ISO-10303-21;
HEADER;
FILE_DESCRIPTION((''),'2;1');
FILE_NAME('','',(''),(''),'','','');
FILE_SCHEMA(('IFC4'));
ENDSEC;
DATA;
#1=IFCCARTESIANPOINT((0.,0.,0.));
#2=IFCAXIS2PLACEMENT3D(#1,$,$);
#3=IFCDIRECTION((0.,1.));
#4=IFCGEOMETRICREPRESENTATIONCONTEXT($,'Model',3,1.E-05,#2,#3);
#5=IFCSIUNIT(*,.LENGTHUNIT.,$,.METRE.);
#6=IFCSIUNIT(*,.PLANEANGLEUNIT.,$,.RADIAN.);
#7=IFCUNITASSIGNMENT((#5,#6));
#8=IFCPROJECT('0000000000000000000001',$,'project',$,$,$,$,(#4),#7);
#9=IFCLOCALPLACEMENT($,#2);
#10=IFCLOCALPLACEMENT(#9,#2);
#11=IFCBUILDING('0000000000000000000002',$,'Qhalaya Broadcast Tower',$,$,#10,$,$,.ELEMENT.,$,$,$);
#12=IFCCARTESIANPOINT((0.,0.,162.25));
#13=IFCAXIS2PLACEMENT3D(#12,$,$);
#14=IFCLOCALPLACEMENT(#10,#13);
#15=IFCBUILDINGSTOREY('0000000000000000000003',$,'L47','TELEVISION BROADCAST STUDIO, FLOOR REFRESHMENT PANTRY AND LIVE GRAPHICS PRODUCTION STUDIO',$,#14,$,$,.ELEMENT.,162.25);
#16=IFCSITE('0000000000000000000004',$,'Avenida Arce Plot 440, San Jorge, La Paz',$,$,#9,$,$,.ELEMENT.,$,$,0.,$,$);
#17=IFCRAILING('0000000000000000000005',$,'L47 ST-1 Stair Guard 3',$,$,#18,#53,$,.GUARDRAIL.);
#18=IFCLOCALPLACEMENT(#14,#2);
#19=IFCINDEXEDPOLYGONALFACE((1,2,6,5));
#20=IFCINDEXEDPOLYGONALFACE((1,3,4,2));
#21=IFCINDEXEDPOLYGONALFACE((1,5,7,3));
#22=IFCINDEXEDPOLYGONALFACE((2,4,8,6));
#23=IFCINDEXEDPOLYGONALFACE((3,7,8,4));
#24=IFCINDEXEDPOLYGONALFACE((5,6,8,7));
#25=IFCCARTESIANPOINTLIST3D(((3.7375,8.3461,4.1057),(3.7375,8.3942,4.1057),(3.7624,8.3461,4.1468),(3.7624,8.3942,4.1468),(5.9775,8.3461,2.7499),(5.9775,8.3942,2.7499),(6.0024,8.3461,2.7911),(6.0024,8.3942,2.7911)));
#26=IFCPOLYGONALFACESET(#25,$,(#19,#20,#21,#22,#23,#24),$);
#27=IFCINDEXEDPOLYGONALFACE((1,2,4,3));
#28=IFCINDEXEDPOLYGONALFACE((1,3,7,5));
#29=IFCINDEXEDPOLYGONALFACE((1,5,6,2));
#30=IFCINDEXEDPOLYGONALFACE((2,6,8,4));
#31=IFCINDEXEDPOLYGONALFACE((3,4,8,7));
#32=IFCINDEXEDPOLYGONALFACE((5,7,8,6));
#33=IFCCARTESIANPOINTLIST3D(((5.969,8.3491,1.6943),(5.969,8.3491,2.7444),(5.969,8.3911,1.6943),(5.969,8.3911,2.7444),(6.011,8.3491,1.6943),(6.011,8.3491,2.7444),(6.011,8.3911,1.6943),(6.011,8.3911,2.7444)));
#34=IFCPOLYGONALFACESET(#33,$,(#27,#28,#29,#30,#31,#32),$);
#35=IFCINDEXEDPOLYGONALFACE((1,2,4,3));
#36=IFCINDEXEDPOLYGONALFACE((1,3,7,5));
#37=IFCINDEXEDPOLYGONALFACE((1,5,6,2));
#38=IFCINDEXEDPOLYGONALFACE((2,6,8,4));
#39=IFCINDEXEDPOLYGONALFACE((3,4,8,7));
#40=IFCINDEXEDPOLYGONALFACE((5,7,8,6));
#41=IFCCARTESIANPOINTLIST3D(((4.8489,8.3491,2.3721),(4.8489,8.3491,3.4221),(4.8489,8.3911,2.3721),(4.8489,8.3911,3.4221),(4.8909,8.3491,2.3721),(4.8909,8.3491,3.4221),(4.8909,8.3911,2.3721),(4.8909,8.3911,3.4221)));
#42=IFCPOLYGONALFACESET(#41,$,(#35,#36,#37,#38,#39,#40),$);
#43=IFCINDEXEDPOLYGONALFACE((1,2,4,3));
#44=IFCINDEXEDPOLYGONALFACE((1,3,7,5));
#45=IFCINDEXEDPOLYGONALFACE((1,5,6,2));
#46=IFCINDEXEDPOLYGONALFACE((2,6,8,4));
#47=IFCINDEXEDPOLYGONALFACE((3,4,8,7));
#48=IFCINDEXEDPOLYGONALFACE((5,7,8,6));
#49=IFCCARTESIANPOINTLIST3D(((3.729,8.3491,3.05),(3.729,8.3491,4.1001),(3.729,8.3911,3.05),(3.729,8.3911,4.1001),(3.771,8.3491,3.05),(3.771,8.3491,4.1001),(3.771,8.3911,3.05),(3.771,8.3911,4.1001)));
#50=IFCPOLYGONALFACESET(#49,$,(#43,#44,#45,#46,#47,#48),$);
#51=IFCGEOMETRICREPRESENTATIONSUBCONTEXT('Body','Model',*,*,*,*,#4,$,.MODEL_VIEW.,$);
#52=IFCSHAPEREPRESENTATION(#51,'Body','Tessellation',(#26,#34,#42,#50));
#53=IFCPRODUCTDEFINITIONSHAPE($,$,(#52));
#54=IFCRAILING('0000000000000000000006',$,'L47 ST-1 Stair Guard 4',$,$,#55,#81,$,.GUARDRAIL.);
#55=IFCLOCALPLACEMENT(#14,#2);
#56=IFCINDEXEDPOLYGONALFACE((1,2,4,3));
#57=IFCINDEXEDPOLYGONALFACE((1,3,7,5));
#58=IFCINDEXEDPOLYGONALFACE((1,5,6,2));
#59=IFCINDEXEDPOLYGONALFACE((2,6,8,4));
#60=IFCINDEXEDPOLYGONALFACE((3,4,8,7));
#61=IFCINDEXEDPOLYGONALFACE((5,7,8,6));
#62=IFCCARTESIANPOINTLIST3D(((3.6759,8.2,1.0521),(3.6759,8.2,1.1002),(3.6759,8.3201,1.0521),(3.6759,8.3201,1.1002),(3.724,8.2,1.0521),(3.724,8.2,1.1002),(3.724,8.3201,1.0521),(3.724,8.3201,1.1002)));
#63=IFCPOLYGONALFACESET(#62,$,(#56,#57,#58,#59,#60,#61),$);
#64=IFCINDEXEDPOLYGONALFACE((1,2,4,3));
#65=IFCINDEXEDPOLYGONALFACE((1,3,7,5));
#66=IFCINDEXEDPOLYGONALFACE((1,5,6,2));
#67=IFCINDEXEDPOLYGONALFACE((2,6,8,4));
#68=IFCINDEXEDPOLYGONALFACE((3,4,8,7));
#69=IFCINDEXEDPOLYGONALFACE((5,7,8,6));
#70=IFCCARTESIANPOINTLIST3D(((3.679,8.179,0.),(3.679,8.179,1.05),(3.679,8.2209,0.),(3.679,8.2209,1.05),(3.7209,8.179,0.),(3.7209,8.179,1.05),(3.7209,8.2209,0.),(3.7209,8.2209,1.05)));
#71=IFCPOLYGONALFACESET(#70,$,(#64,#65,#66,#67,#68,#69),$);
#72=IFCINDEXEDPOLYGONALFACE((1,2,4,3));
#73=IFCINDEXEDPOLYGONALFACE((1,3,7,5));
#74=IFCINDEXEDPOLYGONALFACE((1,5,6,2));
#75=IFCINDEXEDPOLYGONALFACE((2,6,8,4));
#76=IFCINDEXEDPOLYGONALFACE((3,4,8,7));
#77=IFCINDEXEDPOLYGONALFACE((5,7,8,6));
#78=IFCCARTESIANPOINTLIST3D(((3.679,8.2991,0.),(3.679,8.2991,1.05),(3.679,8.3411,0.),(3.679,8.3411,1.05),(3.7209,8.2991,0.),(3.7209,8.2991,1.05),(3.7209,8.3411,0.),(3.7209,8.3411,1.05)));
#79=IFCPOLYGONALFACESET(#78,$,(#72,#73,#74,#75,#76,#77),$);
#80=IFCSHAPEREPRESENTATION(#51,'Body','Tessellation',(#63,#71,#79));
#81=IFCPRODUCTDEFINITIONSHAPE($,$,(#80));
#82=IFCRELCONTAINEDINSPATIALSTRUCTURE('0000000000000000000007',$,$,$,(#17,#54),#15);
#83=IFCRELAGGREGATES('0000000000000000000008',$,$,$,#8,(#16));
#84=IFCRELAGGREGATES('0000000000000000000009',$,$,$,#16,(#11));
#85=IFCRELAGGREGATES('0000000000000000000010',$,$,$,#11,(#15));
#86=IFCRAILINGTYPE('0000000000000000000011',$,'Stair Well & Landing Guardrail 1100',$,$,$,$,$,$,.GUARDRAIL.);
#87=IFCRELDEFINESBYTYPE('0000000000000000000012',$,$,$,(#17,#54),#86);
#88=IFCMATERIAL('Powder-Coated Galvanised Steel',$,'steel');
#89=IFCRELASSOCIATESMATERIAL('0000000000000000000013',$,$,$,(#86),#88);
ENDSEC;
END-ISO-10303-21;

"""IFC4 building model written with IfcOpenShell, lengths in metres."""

from ifc_helpers import new_model, si_unit, direction, frame, origin, origin_2d, place, context, subcontext, project, spatial, rectangle, extrude, material, type_object, element, save


model = new_model("IFC4")

# Units and contexts
model_context = context("Model", 3, precision=1e-05, world=origin(), true_north=direction((0.0, 1.0)))
body_context = subcontext(model_context, "Body", "Model", "MODEL_VIEW")
ifc_project = project(units=[si_unit("LENGTHUNIT", "METRE"), si_unit("PLANEANGLEUNIT", "RADIAN")], contexts=[model_context])

# Site, building, storey
site_placement = place(None, origin())
site = spatial("IfcSite", under=ifc_project, at=site_placement, Name="Avenida Arce Plot 440, San Jorge, La Paz", CompositionType="ELEMENT", RefElevation=0.0)
building_placement = place(site_placement, origin())
building = spatial("IfcBuilding", under=site, at=building_placement, Name="Qhalaya Broadcast Tower", CompositionType="ELEMENT")
storey_placement = place(building_placement, frame((0.0, 0.0, 162.25)))
storey = spatial("IfcBuildingStorey", under=building, at=storey_placement, Name="L47", Description="TELEVISION BROADCAST STUDIO, FLOOR REFRESHMENT PANTRY AND LIVE GRAPHICS PRODUCTION STUDIO", CompositionType="ELEMENT", Elevation=162.25)

# Railings
ifc_material_1 = material(Name="Powder-Coated Galvanised Steel", Category="steel")
railing_type_1 = type_object("IfcRailingType", Name="Stair Well & Landing Guardrail 1100", PredefinedType="GUARDRAIL", material=ifc_material_1)
railing_1_placement = place(storey_placement, frame((5.99, 8.3701, 1.6943)))
element("IfcRailing", 1, at=railing_1_placement, inside=storey, type_object=railing_type_1, Name="L47 ST-1 Stair Guard 3", PredefinedType="GUARDRAIL", context=body_context, shape_type="SweptSolid", body=[
    extrude(rectangle(XDim=0.0481, YDim=0.0481, at=origin_2d()), frame((0.0, 0.0, 1.0762), z_axis=(-0.855512, 0.0, 0.517783), x_axis=(0.0, -1.0, 0.0)), (0.0, 0.0, 1.0), 2.6184),
    extrude(rectangle(XDim=0.042, YDim=0.042, at=origin_2d()), origin(), (0.0, 0.0, 1.0), 1.05),
    extrude(rectangle(XDim=0.042, YDim=0.042, at=origin_2d()), frame((-1.1201, 0.0, 0.6777)), (0.0, 0.0, 1.0), 1.05),
    extrude(rectangle(XDim=0.042, YDim=0.042, at=origin_2d()), frame((-2.24, 0.0, 1.3557)), (0.0, 0.0, 1.0), 1.05),
])
railing_2_placement = place(storey_placement, frame((3.7, 8.2, 0.0)))
element("IfcRailing", 2, at=railing_2_placement, inside=storey, type_object=railing_type_1, Name="L47 ST-1 Stair Guard 4", PredefinedType="GUARDRAIL", context=body_context, shape_type="SweptSolid", body=[
    extrude(rectangle(XDim=0.0481, YDim=0.0481, at=origin_2d()), frame((0.0, 0.0, 1.0762), z_axis=(0.0, 1.0, 0.0), x_axis=(-1.0, 0.0, 0.0)), (0.0, 0.0, 1.0), 0.1201),
    extrude(rectangle(XDim=0.042, YDim=0.042, at=origin_2d()), origin(), (0.0, 0.0, 1.0), 1.05),
    extrude(rectangle(XDim=0.042, YDim=0.042, at=origin_2d()), frame((0.0, 0.1201, 0.0)), (0.0, 0.0, 1.0), 1.05),
])

save(model, "model.ifc")
